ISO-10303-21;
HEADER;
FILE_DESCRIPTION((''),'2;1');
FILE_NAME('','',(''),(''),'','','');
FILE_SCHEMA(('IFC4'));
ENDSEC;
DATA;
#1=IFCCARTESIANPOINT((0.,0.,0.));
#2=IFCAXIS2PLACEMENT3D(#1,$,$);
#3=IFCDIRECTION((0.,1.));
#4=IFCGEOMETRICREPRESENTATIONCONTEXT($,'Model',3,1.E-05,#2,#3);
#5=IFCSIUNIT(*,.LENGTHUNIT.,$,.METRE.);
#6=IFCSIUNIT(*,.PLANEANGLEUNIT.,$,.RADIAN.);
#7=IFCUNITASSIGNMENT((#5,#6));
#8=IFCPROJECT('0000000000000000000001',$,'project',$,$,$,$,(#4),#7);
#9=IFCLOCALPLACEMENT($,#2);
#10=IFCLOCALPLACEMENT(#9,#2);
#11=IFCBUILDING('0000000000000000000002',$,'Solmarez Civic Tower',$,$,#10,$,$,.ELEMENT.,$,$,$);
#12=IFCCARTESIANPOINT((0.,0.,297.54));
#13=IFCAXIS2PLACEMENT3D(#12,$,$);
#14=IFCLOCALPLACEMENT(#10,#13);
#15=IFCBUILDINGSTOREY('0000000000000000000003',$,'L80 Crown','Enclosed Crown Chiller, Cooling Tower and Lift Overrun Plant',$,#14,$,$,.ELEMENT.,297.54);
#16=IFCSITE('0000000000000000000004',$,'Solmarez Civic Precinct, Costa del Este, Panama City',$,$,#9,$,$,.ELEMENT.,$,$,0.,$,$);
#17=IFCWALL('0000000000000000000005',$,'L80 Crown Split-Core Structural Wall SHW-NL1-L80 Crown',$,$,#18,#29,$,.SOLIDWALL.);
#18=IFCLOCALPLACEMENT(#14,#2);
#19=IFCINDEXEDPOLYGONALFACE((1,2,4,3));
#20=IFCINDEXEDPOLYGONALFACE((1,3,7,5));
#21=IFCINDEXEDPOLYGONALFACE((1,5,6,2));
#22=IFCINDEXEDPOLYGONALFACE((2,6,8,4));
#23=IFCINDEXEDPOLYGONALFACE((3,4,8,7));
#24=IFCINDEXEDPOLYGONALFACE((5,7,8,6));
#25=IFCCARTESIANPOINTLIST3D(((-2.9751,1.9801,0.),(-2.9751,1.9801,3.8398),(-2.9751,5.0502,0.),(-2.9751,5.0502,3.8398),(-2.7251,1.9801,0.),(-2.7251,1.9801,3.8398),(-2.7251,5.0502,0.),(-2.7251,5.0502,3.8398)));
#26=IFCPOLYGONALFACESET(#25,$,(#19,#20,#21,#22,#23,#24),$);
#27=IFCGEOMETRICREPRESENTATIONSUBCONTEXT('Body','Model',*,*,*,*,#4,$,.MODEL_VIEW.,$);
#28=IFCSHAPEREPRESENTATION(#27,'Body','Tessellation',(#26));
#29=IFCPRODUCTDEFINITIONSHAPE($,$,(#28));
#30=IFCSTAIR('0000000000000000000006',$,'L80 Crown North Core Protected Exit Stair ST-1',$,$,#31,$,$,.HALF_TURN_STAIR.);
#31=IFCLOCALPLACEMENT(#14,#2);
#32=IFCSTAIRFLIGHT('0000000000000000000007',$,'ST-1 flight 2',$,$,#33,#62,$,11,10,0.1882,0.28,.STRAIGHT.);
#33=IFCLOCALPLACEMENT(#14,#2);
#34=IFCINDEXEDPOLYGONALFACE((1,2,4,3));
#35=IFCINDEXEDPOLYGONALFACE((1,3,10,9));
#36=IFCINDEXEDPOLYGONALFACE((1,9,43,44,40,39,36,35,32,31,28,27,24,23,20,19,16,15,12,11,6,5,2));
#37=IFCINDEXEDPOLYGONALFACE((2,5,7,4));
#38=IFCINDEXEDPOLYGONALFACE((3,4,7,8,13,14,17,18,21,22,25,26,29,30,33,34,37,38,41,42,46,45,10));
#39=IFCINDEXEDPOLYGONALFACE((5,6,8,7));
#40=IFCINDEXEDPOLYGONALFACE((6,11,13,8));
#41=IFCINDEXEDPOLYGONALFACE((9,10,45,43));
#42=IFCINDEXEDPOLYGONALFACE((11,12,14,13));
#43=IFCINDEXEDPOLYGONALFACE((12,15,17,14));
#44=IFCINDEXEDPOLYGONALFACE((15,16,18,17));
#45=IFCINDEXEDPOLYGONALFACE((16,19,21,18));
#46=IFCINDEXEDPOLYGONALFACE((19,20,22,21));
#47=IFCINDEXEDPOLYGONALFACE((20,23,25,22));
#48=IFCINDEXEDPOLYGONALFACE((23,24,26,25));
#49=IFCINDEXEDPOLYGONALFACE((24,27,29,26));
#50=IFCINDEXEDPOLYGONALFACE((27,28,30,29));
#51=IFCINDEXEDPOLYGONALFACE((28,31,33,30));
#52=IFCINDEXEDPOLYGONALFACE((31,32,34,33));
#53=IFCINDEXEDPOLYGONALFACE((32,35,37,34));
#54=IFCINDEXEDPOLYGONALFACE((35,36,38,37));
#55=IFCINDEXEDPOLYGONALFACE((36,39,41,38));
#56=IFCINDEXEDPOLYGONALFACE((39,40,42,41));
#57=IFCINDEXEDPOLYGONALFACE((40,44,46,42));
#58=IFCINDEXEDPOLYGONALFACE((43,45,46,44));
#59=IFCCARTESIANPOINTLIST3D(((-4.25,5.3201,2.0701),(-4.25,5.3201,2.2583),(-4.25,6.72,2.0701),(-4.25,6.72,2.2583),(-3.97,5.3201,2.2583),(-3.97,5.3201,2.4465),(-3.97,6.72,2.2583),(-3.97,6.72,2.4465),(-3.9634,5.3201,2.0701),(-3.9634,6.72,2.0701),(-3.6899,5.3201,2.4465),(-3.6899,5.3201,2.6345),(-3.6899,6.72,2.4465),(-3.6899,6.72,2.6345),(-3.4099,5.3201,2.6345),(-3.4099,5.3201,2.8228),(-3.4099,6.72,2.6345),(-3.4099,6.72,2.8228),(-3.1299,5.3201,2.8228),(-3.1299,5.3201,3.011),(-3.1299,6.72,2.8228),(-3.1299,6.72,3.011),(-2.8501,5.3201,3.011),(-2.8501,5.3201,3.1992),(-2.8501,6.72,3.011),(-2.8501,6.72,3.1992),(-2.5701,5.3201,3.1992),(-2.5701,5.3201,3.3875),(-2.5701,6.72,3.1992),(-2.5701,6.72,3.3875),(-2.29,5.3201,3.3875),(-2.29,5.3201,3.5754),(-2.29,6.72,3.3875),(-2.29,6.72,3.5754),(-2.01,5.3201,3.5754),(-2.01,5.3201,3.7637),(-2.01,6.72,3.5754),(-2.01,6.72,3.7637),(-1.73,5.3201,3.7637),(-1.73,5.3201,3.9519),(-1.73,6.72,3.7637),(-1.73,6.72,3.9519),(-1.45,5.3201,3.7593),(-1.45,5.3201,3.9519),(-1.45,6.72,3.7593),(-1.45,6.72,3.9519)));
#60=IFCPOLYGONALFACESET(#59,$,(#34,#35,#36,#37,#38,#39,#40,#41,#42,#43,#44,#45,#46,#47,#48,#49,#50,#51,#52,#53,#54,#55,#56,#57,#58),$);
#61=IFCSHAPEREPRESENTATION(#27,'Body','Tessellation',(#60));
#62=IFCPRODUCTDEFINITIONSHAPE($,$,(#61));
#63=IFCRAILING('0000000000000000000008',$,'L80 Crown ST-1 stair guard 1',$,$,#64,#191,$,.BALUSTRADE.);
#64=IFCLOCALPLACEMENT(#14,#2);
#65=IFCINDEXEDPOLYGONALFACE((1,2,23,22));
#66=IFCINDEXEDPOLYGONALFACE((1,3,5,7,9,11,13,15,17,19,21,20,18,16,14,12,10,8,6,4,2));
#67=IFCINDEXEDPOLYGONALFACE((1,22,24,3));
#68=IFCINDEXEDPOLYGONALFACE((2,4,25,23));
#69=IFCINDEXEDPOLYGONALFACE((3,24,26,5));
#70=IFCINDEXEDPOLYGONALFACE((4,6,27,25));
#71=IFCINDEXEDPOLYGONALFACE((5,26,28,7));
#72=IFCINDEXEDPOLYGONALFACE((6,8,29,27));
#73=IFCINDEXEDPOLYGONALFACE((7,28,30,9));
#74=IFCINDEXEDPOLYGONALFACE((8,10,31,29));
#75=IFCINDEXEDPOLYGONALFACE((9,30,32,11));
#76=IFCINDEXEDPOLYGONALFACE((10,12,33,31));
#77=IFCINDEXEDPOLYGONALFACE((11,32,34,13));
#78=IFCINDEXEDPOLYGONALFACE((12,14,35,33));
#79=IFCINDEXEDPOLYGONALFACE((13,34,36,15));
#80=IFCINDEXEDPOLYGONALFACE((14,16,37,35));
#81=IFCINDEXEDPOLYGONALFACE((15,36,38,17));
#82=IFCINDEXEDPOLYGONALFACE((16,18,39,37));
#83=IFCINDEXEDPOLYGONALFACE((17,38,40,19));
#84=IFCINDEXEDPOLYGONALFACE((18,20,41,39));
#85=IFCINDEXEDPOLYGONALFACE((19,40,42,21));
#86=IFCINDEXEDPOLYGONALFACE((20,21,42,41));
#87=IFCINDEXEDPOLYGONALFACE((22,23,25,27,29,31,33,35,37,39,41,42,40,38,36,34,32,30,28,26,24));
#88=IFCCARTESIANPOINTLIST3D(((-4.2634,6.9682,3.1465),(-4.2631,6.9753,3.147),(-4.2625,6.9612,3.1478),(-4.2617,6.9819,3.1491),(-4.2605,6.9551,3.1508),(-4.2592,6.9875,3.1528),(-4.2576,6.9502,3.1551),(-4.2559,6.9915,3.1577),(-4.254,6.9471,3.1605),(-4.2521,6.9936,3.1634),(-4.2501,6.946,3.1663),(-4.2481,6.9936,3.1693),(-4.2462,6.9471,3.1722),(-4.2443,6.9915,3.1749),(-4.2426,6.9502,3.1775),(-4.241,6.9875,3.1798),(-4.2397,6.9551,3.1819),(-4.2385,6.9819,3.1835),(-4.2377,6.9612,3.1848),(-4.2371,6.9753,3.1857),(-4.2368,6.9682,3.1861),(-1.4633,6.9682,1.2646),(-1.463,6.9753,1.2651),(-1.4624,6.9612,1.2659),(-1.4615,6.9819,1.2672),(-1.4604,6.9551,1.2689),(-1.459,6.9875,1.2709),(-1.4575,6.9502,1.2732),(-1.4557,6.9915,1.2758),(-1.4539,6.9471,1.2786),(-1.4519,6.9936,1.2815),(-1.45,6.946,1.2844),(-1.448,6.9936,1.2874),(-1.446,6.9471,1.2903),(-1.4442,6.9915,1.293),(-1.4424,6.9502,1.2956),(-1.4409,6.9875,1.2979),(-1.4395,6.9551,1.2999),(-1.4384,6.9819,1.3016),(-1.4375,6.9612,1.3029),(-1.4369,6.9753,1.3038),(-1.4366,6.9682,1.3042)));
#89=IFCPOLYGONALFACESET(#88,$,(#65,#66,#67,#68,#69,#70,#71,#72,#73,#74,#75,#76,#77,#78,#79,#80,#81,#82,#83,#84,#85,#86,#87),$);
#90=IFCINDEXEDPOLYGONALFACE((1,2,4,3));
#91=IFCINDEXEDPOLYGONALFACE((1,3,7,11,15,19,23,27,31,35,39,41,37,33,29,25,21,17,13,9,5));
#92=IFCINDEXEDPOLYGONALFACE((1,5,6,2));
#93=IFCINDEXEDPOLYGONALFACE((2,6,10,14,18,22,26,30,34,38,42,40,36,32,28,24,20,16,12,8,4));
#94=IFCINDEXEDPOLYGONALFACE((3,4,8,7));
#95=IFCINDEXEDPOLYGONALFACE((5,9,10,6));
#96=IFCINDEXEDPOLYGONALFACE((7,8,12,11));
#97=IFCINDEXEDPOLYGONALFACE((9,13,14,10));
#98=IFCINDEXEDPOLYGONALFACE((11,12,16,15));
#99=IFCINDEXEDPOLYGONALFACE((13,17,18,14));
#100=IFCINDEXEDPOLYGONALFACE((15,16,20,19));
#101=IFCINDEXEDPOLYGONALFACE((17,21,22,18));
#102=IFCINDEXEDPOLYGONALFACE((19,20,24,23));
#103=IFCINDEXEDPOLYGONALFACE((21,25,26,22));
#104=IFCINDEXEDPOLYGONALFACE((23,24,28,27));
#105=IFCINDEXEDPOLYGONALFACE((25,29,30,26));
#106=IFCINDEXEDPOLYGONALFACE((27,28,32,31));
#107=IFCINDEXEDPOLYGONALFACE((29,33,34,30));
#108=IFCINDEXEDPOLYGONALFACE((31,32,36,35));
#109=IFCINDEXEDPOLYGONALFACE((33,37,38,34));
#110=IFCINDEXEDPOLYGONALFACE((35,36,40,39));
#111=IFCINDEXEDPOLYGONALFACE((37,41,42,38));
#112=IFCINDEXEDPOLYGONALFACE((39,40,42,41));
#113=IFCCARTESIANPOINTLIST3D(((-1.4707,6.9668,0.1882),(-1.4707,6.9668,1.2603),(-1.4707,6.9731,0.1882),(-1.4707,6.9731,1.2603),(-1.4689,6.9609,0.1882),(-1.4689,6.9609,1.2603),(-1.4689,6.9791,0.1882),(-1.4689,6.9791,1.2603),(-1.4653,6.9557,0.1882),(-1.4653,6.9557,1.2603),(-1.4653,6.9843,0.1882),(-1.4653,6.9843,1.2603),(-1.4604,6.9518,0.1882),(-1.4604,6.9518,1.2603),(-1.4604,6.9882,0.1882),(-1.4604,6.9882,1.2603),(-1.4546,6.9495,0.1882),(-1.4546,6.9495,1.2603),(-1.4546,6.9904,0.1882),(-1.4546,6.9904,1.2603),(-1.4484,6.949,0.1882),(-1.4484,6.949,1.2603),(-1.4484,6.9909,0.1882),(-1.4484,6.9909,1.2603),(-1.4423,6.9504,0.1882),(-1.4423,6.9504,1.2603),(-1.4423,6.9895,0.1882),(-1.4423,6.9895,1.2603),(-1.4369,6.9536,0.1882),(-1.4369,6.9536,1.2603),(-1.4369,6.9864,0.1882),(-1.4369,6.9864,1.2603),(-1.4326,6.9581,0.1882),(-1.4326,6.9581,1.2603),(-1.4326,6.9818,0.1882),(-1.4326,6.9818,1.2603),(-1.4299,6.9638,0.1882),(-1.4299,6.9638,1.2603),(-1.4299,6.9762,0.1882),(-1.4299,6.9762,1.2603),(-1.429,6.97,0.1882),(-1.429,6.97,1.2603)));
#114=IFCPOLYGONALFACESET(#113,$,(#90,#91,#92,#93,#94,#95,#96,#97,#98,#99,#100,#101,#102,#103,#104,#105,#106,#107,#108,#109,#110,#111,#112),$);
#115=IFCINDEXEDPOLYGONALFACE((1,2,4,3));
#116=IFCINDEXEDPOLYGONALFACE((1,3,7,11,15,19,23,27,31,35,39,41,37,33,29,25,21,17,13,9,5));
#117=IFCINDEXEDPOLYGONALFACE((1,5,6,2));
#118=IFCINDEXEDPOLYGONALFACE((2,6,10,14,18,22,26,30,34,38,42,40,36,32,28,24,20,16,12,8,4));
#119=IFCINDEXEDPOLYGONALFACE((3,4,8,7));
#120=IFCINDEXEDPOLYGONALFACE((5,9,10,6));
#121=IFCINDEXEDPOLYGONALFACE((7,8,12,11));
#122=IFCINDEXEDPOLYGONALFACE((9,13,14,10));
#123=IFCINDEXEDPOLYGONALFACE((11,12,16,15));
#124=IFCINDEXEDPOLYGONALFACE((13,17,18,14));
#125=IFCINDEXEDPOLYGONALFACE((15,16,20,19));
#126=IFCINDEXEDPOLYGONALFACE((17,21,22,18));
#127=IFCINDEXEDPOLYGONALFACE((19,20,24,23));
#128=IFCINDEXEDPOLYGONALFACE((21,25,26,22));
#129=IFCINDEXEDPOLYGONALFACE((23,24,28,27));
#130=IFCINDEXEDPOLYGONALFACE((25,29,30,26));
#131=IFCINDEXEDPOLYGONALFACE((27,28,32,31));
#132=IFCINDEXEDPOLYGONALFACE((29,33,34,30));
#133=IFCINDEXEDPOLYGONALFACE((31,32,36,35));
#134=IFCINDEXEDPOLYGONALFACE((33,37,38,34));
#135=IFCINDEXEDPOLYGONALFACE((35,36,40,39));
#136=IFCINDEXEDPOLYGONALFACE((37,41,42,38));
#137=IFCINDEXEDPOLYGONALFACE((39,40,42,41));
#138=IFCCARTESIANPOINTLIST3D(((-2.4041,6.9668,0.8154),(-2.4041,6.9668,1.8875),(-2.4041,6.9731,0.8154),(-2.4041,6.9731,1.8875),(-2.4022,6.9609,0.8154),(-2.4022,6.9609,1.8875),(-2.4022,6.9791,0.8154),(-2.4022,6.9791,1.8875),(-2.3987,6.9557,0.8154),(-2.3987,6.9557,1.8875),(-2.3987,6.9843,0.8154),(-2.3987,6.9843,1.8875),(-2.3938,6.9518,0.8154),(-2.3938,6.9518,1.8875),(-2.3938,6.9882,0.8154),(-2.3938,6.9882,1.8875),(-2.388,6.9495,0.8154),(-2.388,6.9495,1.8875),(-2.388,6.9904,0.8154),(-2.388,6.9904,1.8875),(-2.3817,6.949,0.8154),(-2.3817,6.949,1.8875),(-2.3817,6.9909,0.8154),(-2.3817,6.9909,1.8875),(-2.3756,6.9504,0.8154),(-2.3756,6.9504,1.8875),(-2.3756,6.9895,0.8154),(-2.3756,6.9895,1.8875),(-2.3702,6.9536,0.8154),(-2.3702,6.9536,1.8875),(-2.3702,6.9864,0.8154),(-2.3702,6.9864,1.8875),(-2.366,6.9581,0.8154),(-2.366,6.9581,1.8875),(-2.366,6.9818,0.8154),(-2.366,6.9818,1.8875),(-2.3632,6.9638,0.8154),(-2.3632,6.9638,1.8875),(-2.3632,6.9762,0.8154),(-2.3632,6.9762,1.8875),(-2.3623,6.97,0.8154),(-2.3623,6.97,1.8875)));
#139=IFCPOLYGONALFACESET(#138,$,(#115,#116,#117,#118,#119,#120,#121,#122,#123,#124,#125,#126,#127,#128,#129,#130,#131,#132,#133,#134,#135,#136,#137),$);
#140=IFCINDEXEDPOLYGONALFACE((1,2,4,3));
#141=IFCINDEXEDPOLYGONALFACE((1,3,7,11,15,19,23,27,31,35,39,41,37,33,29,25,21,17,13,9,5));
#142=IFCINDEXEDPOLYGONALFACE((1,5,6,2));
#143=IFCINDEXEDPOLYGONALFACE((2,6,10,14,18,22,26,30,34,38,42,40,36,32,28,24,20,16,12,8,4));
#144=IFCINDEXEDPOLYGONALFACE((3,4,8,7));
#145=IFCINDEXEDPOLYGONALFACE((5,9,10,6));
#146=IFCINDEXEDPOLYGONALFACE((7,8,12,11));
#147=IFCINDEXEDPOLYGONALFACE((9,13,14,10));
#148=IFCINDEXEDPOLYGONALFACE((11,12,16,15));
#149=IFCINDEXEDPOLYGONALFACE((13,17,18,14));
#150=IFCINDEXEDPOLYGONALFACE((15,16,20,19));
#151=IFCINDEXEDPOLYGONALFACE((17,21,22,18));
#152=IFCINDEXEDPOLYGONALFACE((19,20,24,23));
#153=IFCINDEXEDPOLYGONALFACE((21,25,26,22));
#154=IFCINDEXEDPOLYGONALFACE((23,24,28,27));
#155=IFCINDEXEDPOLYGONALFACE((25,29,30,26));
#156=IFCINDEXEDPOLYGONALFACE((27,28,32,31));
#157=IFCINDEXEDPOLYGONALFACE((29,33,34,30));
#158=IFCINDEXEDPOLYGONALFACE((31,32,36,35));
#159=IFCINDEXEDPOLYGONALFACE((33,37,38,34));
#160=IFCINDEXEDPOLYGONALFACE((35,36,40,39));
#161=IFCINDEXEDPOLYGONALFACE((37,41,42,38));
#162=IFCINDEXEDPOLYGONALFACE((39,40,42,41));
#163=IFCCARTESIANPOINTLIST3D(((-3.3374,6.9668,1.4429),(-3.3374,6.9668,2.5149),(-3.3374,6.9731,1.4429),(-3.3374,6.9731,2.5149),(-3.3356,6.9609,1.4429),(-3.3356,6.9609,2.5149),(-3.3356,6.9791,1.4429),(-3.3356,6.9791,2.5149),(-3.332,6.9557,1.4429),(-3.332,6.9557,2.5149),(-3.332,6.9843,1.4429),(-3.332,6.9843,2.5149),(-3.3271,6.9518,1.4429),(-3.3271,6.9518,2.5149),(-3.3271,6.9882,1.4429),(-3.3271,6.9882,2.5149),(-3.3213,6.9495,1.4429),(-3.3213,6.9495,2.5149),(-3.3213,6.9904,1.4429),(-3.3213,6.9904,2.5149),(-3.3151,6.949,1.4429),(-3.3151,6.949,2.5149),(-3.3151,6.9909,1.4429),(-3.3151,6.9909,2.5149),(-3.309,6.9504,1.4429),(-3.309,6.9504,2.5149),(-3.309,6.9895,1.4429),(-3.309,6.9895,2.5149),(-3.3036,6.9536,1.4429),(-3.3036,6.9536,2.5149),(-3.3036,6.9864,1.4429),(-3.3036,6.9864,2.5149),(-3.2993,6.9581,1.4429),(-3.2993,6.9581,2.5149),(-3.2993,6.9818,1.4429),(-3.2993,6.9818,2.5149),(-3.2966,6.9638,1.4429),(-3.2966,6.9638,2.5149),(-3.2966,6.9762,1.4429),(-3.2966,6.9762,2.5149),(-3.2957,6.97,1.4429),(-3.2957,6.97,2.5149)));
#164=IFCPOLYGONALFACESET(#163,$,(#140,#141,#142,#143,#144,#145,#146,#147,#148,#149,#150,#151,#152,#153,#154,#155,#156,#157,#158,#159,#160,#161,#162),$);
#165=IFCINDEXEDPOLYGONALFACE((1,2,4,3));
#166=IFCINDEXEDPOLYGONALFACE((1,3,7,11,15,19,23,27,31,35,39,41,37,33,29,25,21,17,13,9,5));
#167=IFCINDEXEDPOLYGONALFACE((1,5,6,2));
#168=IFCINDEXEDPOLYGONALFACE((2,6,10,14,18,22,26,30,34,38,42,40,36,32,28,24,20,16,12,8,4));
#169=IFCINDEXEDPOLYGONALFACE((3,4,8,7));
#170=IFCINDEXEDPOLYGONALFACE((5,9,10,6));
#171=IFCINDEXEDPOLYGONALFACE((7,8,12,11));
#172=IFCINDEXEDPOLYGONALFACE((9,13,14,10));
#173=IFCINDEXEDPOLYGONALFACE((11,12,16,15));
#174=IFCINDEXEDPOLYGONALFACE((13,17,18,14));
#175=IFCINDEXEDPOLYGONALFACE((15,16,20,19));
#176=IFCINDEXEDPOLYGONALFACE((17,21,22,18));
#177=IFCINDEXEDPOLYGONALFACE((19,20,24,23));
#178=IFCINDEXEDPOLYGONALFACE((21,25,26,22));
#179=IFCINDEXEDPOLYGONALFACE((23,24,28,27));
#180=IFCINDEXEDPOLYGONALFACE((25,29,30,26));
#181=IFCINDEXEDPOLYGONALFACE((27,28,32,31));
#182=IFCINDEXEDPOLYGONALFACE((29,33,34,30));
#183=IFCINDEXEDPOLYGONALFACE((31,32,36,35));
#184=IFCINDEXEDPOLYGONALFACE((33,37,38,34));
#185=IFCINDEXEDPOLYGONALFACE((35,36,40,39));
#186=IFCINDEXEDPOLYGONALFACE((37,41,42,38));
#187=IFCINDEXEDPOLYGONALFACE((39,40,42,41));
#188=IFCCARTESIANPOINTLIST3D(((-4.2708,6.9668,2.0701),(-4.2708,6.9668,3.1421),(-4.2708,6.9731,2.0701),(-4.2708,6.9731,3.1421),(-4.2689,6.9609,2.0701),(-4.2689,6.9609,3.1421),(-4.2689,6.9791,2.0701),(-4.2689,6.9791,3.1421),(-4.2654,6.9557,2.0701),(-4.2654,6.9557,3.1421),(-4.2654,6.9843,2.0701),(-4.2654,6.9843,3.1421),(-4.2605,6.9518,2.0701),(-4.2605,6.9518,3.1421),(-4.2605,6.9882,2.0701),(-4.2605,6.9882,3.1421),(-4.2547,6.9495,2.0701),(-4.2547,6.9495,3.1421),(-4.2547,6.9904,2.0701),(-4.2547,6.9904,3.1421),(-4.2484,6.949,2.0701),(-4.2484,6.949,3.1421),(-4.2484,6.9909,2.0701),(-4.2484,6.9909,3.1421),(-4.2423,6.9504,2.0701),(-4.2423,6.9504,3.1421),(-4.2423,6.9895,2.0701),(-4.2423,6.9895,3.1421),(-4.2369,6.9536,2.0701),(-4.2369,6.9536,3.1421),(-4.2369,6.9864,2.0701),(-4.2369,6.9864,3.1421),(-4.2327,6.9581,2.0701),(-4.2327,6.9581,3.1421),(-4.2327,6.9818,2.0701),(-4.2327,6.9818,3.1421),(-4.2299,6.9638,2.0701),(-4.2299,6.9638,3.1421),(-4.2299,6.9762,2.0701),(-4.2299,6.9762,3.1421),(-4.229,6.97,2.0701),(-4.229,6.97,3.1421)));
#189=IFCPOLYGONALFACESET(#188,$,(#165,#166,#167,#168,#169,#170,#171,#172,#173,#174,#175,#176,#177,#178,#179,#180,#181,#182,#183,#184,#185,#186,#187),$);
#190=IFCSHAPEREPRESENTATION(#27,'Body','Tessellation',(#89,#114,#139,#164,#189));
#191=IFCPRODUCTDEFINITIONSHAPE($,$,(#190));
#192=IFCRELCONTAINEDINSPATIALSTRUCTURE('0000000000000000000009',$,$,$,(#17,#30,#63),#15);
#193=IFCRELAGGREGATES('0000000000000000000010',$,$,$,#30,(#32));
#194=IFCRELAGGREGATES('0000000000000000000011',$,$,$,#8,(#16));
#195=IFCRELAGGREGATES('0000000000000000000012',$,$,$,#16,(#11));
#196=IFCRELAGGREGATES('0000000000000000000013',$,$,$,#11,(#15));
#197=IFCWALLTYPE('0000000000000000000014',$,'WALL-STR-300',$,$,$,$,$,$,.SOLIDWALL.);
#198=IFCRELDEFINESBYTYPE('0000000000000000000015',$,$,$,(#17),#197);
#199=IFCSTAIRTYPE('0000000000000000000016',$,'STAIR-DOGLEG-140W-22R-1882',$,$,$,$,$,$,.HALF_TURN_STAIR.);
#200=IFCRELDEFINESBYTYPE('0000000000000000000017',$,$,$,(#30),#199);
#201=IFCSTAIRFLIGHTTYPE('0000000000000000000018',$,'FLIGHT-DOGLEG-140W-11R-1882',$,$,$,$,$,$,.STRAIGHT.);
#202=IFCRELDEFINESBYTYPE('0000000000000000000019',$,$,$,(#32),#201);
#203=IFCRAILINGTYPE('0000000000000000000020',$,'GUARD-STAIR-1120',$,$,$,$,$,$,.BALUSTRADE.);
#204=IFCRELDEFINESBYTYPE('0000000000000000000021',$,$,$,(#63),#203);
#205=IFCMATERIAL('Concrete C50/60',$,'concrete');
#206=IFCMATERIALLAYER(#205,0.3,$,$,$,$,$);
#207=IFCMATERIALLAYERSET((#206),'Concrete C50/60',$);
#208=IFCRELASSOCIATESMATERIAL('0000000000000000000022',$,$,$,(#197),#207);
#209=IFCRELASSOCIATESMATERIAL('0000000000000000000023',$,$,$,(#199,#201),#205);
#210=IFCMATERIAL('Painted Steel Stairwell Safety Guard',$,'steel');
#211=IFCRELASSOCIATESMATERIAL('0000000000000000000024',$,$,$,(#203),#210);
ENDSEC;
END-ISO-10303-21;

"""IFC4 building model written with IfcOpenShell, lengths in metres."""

from ifc_helpers import new_model, si_unit, direction, frame, frame_2d, origin, origin_2d, place, context, subcontext, project, spatial, polyline, rectangle, circle, outline, extrude, material, layer, layer_set, type_object, element, aggregate, save


model = new_model("IFC4")

# Units and contexts
model_context = context("Model", 3, precision=1e-05, world=origin(), true_north=direction((0.0, 1.0)))
body_context = subcontext(model_context, "Body", "Model", "MODEL_VIEW")
ifc_project = project(units=[si_unit("LENGTHUNIT", "METRE"), si_unit("PLANEANGLEUNIT", "RADIAN")], contexts=[model_context])

# Site, building, storey
site_placement = place(None, origin())
site = spatial("IfcSite", under=ifc_project, at=site_placement, Name="Solmarez Civic Precinct, Costa del Este, Panama City", CompositionType="ELEMENT", RefElevation=0.0)
building_placement = place(site_placement, origin())
building = spatial("IfcBuilding", under=site, at=building_placement, Name="Solmarez Civic Tower", CompositionType="ELEMENT")
storey_placement = place(building_placement, frame((0.0, 0.0, 297.54)))
storey = spatial("IfcBuildingStorey", under=building, at=storey_placement, Name="L80 Crown", Description="Enclosed Crown Chiller, Cooling Tower and Lift Overrun Plant", CompositionType="ELEMENT", Elevation=297.54)

# Shared definitions
ifc_material_1 = material(Name="Concrete C50/60", Category="concrete")

# Wall
ifc_layer_1 = layer(ifc_material_1, 0.3)
ifc_layer_set_1 = layer_set([ifc_layer_1], Name="Concrete C50/60")
wall_type_1 = type_object("IfcWallType", Name="WALL-STR-300", PredefinedType="SOLIDWALL", material=ifc_layer_set_1)
wall_1_placement = place(storey_placement, frame((-2.8501, 1.98, 0.0), z_axis=(0.0, 0.0, 1.0), x_axis=(0.0, 1.0, 0.0)))
element("IfcWall", 1, at=wall_1_placement, inside=storey, type_object=wall_type_1, Name="L80 Crown Split-Core Structural Wall SHW-NL1-L80 Crown", PredefinedType="SOLIDWALL", context=body_context, shape_type="SweptSolid", body=[
    extrude(rectangle(XDim=3.0701, YDim=0.25, at=frame_2d((1.5352, 0.0))), origin(), (0.0, 0.0, 1.0), 3.8398),
])

# Stair, stair flight
stair_type = type_object("IfcStairType", Name="STAIR-DOGLEG-140W-22R-1882", PredefinedType="HALF_TURN_STAIR", material=ifc_material_1)
stair_placement = place(storey_placement, origin())
stair = element("IfcStair", 2, at=stair_placement, inside=storey, type_object=stair_type, Name="L80 Crown North Core Protected Exit Stair ST-1", PredefinedType="HALF_TURN_STAIR")
stair_flight_type = type_object("IfcStairFlightType", Name="FLIGHT-DOGLEG-140W-11R-1882", PredefinedType="STRAIGHT", material=ifc_material_1)
stair_flight_placement = place(storey_placement, frame((-4.25, 6.02, 2.0701), z_axis=(0.0, 0.0, 1.0), x_axis=(1.0, 0.0, 0.0)))
stair_flight = element("IfcStairFlight", 3, at=stair_flight_placement, type_object=stair_flight_type, Name="ST-1 flight 2", NumberOfRisers=11, NumberOfTreads=10, PredefinedType="STRAIGHT", RiserHeight=0.1882, TreadLength=0.28, context=body_context, shape_type="SweptSolid", body=[
    extrude(outline(polyline([(0.0, 0.0), (0.0, 0.1882), (0.28, 0.1882), (0.28, 0.3765), (0.5601, 0.3765), (0.5601, 0.5645), (0.8401, 0.5645), (0.8401, 0.7527), (1.1201, 0.7527), (1.1201, 0.9409), (1.3999, 0.9409), (1.3999, 1.1292), (1.6799, 1.1292), (1.6799, 1.3174), (1.96, 1.3174), (1.96, 1.5054), (2.24, 1.5054), (2.24, 1.6936), (2.52, 1.6936), (2.52, 1.8818), (2.8, 1.8818), (2.8, 2.0701), (2.8, 1.6892), (0.2866, 0.0), (0.0, 0.0)])), frame((0.0, 0.7, 0.0), z_axis=(0.0, -1.0, 0.0), x_axis=(1.0, 0.0, 0.0)), (0.0, 0.0, 1.0), 1.3999),
])
aggregate(stair, [stair_flight])

# Railing
ifc_material_2 = material(Name="Painted Steel Stairwell Safety Guard", Category="steel")
railing_type_1 = type_object("IfcRailingType", Name="GUARD-STAIR-1120", PredefinedType="BALUSTRADE", material=ifc_material_2)
railing_1_placement = place(storey_placement, frame((-1.45, 6.97, 0.1882)))
element("IfcRailing", 4, at=railing_1_placement, inside=storey, type_object=railing_type_1, Name="L80 Crown ST-1 stair guard 1", PredefinedType="BALUSTRADE", context=body_context, shape_type="SweptSolid", body=[
    extrude(circle(Radius=0.0239, at=origin_2d()), frame((0.0, 0.0, 1.0962), z_axis=(-0.829974, 0.0, 0.557803), x_axis=(0.0, -1.0, 0.0)), (0.0, 0.0, 1.0), 3.3738),
    extrude(circle(Radius=0.021, at=origin_2d()), origin(), (0.0, 0.0, 1.0), 1.072),
    extrude(circle(Radius=0.021, at=origin_2d()), frame((-0.9333, 0.0, 0.6272)), (0.0, 0.0, 1.0), 1.072),
    extrude(circle(Radius=0.021, at=origin_2d()), frame((-1.8667, 0.0, 1.2546)), (0.0, 0.0, 1.0), 1.072),
    extrude(circle(Radius=0.021, at=origin_2d()), frame((-2.8, 0.0, 1.8818)), (0.0, 0.0, 1.0), 1.072),
])

save(model, "model.ifc")
